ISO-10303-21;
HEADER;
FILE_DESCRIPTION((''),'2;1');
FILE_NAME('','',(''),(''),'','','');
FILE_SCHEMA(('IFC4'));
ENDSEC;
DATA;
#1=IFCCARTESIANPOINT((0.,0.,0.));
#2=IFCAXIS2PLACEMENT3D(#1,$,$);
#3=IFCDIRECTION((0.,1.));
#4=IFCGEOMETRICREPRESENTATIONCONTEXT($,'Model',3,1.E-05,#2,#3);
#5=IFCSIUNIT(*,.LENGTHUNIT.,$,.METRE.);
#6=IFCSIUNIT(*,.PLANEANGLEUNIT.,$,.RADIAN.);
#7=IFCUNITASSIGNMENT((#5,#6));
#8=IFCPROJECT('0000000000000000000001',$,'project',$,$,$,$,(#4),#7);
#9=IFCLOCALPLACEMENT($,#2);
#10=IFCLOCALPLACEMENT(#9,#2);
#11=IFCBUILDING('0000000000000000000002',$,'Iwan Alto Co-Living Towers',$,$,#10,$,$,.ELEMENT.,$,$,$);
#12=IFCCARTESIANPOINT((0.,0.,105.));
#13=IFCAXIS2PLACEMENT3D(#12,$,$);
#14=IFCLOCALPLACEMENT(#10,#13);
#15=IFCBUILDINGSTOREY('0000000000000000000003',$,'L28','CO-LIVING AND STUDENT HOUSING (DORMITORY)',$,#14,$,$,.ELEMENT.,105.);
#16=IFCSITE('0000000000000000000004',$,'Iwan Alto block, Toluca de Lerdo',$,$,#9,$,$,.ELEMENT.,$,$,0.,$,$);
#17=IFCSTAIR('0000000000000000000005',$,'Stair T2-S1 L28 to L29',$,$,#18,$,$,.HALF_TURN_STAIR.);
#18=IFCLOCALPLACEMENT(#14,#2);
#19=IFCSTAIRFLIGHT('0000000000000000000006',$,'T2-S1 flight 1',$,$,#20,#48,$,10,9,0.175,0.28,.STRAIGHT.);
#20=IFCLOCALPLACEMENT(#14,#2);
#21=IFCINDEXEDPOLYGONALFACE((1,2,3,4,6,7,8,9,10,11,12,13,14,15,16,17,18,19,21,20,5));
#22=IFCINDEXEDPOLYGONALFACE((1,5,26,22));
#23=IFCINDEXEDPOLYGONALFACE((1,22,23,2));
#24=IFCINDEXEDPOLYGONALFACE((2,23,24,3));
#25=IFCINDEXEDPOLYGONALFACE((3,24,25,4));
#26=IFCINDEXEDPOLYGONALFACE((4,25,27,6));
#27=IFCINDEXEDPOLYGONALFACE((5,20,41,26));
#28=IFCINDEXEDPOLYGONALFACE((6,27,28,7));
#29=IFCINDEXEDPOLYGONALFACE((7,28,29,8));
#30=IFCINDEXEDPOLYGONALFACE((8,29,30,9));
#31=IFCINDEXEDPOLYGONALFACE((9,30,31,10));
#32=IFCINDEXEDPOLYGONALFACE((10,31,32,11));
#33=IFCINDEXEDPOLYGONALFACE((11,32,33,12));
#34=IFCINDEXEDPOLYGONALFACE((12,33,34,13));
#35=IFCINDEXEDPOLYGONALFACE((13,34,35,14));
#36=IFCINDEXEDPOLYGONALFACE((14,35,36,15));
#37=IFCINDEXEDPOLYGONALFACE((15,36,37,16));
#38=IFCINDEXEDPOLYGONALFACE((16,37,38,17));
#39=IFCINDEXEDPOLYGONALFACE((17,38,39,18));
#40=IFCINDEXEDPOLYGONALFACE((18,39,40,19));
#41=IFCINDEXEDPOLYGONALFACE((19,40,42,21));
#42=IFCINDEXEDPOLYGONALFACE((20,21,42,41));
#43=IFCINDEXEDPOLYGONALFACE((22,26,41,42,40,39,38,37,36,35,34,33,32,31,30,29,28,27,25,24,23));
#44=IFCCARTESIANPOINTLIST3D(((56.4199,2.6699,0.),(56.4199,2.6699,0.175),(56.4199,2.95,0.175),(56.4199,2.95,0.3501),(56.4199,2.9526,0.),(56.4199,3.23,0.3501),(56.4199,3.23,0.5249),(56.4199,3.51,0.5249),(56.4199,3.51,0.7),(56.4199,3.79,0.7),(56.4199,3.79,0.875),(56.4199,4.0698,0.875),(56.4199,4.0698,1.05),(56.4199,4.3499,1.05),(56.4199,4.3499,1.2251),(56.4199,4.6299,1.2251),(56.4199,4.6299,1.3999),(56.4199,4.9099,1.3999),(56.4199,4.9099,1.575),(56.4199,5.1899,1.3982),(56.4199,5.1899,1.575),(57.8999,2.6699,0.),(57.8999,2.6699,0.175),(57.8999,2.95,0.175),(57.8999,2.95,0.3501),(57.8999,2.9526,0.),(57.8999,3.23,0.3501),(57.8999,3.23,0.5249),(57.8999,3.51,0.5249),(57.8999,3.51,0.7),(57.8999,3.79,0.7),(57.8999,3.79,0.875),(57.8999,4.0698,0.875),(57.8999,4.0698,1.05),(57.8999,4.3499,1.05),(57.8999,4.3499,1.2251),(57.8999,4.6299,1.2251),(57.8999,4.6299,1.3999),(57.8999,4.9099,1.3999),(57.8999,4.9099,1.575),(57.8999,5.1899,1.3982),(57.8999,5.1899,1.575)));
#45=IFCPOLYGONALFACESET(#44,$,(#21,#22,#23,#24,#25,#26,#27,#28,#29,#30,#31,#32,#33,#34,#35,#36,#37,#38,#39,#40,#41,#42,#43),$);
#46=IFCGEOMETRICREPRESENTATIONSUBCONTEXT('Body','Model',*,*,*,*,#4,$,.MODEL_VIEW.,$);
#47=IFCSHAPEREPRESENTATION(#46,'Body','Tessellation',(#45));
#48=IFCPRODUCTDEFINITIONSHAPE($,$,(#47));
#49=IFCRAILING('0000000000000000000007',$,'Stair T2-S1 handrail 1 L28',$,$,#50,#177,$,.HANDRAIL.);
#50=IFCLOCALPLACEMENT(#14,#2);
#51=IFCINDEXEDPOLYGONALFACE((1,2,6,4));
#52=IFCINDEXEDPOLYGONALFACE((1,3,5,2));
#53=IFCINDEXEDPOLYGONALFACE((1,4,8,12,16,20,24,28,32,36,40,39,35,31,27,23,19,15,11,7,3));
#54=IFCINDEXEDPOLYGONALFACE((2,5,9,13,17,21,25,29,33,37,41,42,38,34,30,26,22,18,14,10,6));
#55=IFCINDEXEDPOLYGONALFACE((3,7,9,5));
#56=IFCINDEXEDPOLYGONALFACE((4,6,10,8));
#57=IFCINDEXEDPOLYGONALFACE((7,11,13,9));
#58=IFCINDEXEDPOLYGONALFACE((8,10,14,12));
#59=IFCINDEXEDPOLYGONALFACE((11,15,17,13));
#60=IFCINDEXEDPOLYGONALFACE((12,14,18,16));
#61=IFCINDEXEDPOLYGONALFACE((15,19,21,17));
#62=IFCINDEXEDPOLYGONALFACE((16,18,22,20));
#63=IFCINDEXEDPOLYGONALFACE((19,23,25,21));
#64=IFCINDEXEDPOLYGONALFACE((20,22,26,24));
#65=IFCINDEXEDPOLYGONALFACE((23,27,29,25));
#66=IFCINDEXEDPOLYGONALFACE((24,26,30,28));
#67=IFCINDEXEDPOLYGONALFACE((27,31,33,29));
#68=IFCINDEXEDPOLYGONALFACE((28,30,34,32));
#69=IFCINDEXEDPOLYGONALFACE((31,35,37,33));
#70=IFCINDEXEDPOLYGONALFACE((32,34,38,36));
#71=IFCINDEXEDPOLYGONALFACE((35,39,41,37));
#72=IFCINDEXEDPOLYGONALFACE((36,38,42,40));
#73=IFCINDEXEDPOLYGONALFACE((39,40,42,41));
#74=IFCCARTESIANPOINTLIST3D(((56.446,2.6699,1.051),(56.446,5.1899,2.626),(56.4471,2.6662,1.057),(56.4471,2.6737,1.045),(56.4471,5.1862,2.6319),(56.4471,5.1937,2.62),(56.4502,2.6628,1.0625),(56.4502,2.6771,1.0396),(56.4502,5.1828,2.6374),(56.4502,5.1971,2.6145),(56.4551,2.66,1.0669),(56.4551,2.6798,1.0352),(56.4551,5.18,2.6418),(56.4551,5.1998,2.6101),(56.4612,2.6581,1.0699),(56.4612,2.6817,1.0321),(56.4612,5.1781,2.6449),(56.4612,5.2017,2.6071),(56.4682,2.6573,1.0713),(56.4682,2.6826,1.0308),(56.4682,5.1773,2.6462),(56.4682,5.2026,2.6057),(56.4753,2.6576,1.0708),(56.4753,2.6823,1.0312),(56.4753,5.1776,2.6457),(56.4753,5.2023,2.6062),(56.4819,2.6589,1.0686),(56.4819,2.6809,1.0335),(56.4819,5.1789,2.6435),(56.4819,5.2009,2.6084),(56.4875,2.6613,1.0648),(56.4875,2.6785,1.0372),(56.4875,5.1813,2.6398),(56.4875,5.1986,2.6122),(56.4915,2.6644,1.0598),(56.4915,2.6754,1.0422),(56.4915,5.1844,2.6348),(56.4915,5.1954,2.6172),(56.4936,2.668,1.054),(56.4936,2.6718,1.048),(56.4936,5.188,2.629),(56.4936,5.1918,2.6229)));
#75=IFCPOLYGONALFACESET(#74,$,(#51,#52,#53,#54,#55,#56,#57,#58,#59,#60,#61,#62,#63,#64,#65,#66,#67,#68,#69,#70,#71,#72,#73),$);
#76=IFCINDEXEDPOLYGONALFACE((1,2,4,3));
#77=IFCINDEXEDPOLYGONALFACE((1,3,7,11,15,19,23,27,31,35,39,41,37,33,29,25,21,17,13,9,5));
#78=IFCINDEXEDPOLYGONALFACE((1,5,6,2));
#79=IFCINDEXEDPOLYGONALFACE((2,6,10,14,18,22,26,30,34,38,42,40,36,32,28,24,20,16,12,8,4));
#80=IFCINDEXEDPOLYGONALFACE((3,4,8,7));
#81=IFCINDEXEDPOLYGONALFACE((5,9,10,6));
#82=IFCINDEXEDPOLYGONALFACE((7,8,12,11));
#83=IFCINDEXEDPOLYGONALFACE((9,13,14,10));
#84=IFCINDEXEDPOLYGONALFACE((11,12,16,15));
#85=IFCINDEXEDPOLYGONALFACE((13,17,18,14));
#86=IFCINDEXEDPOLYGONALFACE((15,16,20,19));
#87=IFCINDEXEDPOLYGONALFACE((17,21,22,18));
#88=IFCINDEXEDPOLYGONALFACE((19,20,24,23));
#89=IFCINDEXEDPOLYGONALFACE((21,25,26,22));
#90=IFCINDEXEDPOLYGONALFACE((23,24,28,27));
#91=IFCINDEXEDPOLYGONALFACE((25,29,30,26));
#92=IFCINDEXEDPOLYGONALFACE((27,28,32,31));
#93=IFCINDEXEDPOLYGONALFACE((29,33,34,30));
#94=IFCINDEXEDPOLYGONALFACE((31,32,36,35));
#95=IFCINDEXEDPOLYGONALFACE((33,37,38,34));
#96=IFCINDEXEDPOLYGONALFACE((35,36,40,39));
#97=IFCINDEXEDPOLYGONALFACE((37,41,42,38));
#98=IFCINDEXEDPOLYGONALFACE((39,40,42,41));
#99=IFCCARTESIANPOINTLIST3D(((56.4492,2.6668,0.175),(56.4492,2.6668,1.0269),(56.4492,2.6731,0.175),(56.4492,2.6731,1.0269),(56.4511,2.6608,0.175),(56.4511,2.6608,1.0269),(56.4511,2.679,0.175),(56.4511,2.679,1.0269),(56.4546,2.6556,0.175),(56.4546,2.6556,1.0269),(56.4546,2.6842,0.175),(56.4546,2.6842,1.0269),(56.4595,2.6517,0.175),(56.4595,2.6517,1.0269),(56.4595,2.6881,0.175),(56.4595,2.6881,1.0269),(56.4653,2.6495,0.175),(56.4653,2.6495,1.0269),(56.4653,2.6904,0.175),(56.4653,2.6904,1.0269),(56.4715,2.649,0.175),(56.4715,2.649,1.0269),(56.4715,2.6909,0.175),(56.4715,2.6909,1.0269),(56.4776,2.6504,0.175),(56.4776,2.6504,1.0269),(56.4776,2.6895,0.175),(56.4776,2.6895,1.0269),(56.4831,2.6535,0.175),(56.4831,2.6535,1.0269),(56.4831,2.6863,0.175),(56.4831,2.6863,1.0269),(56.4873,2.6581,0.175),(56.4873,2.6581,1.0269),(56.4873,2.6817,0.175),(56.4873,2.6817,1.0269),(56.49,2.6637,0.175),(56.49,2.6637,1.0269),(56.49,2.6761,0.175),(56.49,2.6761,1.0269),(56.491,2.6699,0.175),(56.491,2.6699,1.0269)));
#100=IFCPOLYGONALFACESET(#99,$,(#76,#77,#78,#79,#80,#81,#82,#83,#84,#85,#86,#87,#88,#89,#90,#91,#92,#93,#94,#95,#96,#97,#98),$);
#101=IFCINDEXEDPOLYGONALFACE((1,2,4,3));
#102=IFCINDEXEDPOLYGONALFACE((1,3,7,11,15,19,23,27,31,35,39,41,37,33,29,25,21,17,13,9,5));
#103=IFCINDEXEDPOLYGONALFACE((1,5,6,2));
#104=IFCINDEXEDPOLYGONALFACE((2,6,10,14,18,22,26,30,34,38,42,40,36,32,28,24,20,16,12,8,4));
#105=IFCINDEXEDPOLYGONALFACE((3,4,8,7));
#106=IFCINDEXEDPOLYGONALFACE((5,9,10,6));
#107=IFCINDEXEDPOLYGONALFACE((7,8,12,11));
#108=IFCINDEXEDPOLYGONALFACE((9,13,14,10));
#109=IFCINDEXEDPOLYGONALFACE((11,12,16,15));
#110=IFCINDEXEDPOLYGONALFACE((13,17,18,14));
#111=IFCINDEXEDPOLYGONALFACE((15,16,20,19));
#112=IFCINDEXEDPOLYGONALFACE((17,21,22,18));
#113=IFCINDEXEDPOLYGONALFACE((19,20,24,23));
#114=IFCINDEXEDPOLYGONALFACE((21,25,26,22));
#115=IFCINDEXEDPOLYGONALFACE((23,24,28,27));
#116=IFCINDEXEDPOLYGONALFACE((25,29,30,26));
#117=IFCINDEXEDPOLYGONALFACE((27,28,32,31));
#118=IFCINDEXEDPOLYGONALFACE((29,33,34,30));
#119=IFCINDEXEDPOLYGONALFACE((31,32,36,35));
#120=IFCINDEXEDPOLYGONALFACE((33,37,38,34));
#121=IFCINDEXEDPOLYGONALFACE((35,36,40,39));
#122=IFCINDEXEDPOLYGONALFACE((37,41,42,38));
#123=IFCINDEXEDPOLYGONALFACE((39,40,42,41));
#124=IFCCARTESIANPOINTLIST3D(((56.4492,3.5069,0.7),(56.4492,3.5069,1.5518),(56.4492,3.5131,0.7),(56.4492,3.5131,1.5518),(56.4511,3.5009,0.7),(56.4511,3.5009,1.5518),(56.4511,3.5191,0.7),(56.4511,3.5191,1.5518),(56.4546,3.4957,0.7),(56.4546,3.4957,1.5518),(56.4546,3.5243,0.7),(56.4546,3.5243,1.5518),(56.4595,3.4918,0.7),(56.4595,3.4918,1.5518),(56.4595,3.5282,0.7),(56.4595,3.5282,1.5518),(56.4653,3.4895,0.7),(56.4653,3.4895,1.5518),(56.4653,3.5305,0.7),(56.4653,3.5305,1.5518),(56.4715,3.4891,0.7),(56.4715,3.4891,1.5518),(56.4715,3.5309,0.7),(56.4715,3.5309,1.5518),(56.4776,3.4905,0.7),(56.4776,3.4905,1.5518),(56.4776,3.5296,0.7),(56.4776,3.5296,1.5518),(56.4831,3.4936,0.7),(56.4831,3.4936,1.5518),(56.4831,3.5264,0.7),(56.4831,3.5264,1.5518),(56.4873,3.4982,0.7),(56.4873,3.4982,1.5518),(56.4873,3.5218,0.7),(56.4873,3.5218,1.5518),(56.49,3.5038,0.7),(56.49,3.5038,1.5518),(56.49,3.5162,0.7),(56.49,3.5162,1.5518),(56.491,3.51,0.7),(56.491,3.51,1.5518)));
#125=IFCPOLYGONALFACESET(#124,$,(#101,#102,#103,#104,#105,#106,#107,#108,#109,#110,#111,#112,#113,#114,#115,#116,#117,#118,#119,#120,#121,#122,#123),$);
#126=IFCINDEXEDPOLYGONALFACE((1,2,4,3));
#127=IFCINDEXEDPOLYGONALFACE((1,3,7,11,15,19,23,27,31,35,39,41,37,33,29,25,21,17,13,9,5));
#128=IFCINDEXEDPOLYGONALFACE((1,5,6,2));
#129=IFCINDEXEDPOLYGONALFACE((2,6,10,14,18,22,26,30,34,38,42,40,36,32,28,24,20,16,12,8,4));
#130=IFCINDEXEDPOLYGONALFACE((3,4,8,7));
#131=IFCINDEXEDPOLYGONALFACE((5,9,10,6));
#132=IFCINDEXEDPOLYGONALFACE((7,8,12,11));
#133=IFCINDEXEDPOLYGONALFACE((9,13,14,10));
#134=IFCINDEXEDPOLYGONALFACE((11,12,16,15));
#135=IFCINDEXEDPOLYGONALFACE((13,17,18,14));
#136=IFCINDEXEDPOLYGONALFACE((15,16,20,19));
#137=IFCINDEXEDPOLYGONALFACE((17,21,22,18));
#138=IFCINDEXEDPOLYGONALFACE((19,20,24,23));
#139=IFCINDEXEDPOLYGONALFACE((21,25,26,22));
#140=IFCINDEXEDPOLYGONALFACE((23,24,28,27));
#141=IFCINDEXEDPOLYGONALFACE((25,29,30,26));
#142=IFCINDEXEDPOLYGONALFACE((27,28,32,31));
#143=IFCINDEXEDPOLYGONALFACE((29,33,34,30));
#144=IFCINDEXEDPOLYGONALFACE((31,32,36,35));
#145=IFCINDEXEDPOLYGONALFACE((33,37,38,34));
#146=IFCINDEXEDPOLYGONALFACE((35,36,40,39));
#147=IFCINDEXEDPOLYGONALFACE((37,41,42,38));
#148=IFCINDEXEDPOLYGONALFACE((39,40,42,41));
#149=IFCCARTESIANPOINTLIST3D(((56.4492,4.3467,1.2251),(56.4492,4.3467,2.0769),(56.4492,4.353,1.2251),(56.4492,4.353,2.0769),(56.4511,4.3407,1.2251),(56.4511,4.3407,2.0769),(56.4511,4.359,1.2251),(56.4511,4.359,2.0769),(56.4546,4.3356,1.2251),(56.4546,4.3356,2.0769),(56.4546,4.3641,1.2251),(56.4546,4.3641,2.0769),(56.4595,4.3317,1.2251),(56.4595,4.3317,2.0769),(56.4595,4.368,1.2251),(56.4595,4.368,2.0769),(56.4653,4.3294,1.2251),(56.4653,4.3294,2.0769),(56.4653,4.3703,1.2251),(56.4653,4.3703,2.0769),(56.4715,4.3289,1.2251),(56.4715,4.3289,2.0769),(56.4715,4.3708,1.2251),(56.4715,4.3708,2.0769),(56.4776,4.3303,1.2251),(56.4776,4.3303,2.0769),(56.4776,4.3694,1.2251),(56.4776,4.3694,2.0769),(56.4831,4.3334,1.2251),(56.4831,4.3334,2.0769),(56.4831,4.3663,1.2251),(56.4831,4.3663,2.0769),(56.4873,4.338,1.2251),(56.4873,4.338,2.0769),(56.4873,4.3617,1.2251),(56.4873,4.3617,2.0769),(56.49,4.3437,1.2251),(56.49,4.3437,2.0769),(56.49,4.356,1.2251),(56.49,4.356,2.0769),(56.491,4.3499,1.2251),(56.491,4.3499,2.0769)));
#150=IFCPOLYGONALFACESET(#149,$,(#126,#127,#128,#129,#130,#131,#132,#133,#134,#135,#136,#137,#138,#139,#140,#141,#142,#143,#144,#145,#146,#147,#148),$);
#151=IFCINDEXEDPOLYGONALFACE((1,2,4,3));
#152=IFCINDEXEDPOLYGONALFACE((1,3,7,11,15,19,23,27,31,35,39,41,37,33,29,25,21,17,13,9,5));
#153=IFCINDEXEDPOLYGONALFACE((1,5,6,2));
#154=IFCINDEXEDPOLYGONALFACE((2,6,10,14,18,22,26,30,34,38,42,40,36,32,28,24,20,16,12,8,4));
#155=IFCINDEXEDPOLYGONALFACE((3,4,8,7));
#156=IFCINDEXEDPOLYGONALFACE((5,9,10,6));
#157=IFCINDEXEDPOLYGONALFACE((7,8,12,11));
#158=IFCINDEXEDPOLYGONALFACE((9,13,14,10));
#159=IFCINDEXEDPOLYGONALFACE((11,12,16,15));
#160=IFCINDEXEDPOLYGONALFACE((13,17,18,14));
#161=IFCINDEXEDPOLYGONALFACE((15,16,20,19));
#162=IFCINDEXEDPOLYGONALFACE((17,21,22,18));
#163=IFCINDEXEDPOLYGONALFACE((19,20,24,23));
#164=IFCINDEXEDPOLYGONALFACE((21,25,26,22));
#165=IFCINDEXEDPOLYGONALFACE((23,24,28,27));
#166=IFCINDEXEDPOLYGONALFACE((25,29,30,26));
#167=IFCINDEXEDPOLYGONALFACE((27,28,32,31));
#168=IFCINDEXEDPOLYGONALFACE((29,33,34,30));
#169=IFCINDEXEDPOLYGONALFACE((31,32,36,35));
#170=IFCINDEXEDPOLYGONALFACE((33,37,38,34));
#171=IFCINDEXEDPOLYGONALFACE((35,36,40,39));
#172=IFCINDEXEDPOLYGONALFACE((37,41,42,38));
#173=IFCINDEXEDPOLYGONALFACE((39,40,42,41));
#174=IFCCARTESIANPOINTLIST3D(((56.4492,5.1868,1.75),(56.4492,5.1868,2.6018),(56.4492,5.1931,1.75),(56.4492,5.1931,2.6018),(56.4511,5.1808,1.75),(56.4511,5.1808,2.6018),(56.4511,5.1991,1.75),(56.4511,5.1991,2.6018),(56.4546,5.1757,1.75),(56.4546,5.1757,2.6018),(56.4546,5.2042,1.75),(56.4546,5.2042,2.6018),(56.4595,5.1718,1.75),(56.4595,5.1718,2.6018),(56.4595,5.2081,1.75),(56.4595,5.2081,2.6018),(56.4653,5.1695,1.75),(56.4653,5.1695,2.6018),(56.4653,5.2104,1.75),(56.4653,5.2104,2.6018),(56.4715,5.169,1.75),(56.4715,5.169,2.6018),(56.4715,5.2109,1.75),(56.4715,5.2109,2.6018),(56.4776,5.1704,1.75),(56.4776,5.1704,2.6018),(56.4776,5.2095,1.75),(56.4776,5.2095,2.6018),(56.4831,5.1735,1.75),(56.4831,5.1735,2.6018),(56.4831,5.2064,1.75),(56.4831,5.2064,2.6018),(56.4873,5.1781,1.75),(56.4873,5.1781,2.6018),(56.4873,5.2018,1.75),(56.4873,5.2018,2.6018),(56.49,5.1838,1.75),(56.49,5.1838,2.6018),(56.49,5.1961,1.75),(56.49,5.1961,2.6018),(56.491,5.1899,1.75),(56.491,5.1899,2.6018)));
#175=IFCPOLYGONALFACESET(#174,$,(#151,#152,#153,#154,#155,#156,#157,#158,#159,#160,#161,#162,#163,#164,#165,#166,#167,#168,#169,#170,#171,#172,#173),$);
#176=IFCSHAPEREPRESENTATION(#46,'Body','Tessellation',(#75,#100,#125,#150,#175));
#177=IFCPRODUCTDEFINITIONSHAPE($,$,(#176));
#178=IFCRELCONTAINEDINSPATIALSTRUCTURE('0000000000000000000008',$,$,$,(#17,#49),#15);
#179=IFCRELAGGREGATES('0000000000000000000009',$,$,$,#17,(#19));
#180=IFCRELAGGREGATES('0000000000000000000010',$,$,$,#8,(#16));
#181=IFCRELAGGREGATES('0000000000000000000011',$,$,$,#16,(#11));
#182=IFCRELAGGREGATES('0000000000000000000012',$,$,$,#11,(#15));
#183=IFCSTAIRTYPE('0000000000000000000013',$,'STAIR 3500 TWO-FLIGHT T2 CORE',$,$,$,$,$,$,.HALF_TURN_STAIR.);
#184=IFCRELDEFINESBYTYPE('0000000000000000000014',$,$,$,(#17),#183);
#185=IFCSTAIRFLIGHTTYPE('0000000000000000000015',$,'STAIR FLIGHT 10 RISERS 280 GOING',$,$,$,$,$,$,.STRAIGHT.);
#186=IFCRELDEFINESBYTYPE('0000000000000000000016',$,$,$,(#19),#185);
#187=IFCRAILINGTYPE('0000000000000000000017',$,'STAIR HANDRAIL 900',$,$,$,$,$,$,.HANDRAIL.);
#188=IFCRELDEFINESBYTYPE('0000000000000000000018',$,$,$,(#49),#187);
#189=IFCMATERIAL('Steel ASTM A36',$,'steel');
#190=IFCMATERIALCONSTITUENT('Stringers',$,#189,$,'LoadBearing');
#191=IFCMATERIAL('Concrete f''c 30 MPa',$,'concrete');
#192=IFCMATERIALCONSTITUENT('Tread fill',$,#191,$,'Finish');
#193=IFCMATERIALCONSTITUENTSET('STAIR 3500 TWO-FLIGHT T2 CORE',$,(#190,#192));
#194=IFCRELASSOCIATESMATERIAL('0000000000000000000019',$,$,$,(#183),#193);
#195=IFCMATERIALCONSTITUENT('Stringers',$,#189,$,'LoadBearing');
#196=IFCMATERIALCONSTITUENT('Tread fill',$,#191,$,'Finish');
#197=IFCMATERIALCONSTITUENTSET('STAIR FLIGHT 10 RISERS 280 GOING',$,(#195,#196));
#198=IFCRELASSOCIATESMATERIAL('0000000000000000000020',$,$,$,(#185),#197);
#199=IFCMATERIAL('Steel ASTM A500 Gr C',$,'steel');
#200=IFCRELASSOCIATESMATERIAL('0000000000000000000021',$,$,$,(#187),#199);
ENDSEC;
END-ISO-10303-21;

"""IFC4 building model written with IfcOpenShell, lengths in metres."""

from ifc_helpers import new_model, si_unit, direction, frame, origin, origin_2d, place, context, subcontext, project, spatial, polyline, circle, outline, extrude, material, constituent, constituent_set, type_object, element, aggregate, save


model = new_model("IFC4")

# Units and contexts
model_context = context("Model", 3, precision=1e-05, world=origin(), true_north=direction((0.0, 1.0)))
body_context = subcontext(model_context, "Body", "Model", "MODEL_VIEW")
ifc_project = project(units=[si_unit("LENGTHUNIT", "METRE"), si_unit("PLANEANGLEUNIT", "RADIAN")], contexts=[model_context])

# Site, building, storey
site_placement = place(None, origin())
site = spatial("IfcSite", under=ifc_project, at=site_placement, Name="Iwan Alto block, Toluca de Lerdo", CompositionType="ELEMENT", RefElevation=0.0)
building_placement = place(site_placement, origin())
building = spatial("IfcBuilding", under=site, at=building_placement, Name="Iwan Alto Co-Living Towers", CompositionType="ELEMENT")
storey_placement = place(building_placement, frame((0.0, 0.0, 105.0)))
storey = spatial("IfcBuildingStorey", under=building, at=storey_placement, Name="L28", Description="CO-LIVING AND STUDENT HOUSING (DORMITORY)", CompositionType="ELEMENT", Elevation=105.0)

# Stair, stair flight
ifc_material_1 = material(Name="Steel ASTM A36", Category="steel")
ifc_constituent_1 = constituent(ifc_material_1, Name="Stringers", Category="LoadBearing")
ifc_material_2 = material(Name="Concrete f'c 30 MPa", Category="concrete")
ifc_constituent_2 = constituent(ifc_material_2, Name="Tread fill", Category="Finish")
ifc_constituent_set_1 = constituent_set(constituents=[ifc_constituent_1, ifc_constituent_2], Name="STAIR 3500 TWO-FLIGHT T2 CORE")
stair_type = type_object("IfcStairType", Name="STAIR 3500 TWO-FLIGHT T2 CORE", PredefinedType="HALF_TURN_STAIR", material=ifc_constituent_set_1)
stair_placement = place(storey_placement, origin())
stair = element("IfcStair", 1, at=stair_placement, inside=storey, type_object=stair_type, Name="Stair T2-S1 L28 to L29", PredefinedType="HALF_TURN_STAIR")
ifc_constituent_3 = constituent(ifc_material_1, Name="Stringers", Category="LoadBearing")
ifc_constituent_4 = constituent(ifc_material_2, Name="Tread fill", Category="Finish")
ifc_constituent_set_2 = constituent_set(constituents=[ifc_constituent_3, ifc_constituent_4], Name="STAIR FLIGHT 10 RISERS 280 GOING")
stair_flight_type = type_object("IfcStairFlightType", Name="STAIR FLIGHT 10 RISERS 280 GOING", PredefinedType="STRAIGHT", material=ifc_constituent_set_2)
stair_flight_placement = place(storey_placement, frame((57.1599, 2.6699, 0.0), z_axis=(0.0, 0.0, 1.0), x_axis=(0.0, 1.0, 0.0)))
stair_flight = element("IfcStairFlight", 2, at=stair_flight_placement, type_object=stair_flight_type, Name="T2-S1 flight 1", NumberOfRisers=10, NumberOfTreads=9, PredefinedType="STRAIGHT", RiserHeight=0.175, TreadLength=0.28, context=body_context, shape_type="SweptSolid", body=[
    extrude(outline(polyline([(0.0, 0.0), (0.0, 0.175), (0.28, 0.175), (0.28, 0.3501), (0.5601, 0.3501), (0.5601, 0.5249), (0.8401, 0.5249), (0.8401, 0.7), (1.1201, 0.7), (1.1201, 0.875), (1.3999, 0.875), (1.3999, 1.05), (1.6799, 1.05), (1.6799, 1.2251), (1.96, 1.2251), (1.96, 1.3999), (2.24, 1.3999), (2.24, 1.575), (2.52, 1.575), (2.52, 1.75), (2.52, 1.3982), (0.2827, 0.0), (0.0, 0.0)])), frame((0.0, 0.74, 0.0), z_axis=(0.0, -1.0, 0.0), x_axis=(1.0, 0.0, 0.0)), (0.0, 0.0, 1.0), 1.48),
])
aggregate(stair, [stair_flight])

# Railing
ifc_material_3 = material(Name="Steel ASTM A500 Gr C", Category="steel")
railing_type_1 = type_object("IfcRailingType", Name="STAIR HANDRAIL 900", PredefinedType="HANDRAIL", material=ifc_material_3)
railing_1_placement = place(storey_placement, frame((56.47, 2.6699, 0.175)))
element("IfcRailing", 3, at=railing_1_placement, inside=storey, type_object=railing_type_1, Name="Stair T2-S1 handrail 1 L28", PredefinedType="HANDRAIL", context=body_context, shape_type="SweptSolid", body=[
    extrude(circle(Radius=0.0239, at=origin_2d()), frame((0.0, 0.0, 0.876), z_axis=(0.0, 0.848008, 0.529984), x_axis=(-1.0, 0.0, 0.0)), (0.0, 0.0, 1.0), 2.9717),
    extrude(circle(Radius=0.021, at=origin_2d()), origin(), (0.0, 0.0, 1.0), 0.8518),
    extrude(circle(Radius=0.021, at=origin_2d()), frame((0.0, 0.8401, 0.5249)), (0.0, 0.0, 1.0), 0.8518),
    extrude(circle(Radius=0.021, at=origin_2d()), frame((0.0, 1.6799, 1.05)), (0.0, 0.0, 1.0), 0.8518),
    extrude(circle(Radius=0.021, at=origin_2d()), frame((0.0, 2.52, 1.575)), (0.0, 0.0, 1.0), 0.8518),
])

save(model, "model.ifc")
